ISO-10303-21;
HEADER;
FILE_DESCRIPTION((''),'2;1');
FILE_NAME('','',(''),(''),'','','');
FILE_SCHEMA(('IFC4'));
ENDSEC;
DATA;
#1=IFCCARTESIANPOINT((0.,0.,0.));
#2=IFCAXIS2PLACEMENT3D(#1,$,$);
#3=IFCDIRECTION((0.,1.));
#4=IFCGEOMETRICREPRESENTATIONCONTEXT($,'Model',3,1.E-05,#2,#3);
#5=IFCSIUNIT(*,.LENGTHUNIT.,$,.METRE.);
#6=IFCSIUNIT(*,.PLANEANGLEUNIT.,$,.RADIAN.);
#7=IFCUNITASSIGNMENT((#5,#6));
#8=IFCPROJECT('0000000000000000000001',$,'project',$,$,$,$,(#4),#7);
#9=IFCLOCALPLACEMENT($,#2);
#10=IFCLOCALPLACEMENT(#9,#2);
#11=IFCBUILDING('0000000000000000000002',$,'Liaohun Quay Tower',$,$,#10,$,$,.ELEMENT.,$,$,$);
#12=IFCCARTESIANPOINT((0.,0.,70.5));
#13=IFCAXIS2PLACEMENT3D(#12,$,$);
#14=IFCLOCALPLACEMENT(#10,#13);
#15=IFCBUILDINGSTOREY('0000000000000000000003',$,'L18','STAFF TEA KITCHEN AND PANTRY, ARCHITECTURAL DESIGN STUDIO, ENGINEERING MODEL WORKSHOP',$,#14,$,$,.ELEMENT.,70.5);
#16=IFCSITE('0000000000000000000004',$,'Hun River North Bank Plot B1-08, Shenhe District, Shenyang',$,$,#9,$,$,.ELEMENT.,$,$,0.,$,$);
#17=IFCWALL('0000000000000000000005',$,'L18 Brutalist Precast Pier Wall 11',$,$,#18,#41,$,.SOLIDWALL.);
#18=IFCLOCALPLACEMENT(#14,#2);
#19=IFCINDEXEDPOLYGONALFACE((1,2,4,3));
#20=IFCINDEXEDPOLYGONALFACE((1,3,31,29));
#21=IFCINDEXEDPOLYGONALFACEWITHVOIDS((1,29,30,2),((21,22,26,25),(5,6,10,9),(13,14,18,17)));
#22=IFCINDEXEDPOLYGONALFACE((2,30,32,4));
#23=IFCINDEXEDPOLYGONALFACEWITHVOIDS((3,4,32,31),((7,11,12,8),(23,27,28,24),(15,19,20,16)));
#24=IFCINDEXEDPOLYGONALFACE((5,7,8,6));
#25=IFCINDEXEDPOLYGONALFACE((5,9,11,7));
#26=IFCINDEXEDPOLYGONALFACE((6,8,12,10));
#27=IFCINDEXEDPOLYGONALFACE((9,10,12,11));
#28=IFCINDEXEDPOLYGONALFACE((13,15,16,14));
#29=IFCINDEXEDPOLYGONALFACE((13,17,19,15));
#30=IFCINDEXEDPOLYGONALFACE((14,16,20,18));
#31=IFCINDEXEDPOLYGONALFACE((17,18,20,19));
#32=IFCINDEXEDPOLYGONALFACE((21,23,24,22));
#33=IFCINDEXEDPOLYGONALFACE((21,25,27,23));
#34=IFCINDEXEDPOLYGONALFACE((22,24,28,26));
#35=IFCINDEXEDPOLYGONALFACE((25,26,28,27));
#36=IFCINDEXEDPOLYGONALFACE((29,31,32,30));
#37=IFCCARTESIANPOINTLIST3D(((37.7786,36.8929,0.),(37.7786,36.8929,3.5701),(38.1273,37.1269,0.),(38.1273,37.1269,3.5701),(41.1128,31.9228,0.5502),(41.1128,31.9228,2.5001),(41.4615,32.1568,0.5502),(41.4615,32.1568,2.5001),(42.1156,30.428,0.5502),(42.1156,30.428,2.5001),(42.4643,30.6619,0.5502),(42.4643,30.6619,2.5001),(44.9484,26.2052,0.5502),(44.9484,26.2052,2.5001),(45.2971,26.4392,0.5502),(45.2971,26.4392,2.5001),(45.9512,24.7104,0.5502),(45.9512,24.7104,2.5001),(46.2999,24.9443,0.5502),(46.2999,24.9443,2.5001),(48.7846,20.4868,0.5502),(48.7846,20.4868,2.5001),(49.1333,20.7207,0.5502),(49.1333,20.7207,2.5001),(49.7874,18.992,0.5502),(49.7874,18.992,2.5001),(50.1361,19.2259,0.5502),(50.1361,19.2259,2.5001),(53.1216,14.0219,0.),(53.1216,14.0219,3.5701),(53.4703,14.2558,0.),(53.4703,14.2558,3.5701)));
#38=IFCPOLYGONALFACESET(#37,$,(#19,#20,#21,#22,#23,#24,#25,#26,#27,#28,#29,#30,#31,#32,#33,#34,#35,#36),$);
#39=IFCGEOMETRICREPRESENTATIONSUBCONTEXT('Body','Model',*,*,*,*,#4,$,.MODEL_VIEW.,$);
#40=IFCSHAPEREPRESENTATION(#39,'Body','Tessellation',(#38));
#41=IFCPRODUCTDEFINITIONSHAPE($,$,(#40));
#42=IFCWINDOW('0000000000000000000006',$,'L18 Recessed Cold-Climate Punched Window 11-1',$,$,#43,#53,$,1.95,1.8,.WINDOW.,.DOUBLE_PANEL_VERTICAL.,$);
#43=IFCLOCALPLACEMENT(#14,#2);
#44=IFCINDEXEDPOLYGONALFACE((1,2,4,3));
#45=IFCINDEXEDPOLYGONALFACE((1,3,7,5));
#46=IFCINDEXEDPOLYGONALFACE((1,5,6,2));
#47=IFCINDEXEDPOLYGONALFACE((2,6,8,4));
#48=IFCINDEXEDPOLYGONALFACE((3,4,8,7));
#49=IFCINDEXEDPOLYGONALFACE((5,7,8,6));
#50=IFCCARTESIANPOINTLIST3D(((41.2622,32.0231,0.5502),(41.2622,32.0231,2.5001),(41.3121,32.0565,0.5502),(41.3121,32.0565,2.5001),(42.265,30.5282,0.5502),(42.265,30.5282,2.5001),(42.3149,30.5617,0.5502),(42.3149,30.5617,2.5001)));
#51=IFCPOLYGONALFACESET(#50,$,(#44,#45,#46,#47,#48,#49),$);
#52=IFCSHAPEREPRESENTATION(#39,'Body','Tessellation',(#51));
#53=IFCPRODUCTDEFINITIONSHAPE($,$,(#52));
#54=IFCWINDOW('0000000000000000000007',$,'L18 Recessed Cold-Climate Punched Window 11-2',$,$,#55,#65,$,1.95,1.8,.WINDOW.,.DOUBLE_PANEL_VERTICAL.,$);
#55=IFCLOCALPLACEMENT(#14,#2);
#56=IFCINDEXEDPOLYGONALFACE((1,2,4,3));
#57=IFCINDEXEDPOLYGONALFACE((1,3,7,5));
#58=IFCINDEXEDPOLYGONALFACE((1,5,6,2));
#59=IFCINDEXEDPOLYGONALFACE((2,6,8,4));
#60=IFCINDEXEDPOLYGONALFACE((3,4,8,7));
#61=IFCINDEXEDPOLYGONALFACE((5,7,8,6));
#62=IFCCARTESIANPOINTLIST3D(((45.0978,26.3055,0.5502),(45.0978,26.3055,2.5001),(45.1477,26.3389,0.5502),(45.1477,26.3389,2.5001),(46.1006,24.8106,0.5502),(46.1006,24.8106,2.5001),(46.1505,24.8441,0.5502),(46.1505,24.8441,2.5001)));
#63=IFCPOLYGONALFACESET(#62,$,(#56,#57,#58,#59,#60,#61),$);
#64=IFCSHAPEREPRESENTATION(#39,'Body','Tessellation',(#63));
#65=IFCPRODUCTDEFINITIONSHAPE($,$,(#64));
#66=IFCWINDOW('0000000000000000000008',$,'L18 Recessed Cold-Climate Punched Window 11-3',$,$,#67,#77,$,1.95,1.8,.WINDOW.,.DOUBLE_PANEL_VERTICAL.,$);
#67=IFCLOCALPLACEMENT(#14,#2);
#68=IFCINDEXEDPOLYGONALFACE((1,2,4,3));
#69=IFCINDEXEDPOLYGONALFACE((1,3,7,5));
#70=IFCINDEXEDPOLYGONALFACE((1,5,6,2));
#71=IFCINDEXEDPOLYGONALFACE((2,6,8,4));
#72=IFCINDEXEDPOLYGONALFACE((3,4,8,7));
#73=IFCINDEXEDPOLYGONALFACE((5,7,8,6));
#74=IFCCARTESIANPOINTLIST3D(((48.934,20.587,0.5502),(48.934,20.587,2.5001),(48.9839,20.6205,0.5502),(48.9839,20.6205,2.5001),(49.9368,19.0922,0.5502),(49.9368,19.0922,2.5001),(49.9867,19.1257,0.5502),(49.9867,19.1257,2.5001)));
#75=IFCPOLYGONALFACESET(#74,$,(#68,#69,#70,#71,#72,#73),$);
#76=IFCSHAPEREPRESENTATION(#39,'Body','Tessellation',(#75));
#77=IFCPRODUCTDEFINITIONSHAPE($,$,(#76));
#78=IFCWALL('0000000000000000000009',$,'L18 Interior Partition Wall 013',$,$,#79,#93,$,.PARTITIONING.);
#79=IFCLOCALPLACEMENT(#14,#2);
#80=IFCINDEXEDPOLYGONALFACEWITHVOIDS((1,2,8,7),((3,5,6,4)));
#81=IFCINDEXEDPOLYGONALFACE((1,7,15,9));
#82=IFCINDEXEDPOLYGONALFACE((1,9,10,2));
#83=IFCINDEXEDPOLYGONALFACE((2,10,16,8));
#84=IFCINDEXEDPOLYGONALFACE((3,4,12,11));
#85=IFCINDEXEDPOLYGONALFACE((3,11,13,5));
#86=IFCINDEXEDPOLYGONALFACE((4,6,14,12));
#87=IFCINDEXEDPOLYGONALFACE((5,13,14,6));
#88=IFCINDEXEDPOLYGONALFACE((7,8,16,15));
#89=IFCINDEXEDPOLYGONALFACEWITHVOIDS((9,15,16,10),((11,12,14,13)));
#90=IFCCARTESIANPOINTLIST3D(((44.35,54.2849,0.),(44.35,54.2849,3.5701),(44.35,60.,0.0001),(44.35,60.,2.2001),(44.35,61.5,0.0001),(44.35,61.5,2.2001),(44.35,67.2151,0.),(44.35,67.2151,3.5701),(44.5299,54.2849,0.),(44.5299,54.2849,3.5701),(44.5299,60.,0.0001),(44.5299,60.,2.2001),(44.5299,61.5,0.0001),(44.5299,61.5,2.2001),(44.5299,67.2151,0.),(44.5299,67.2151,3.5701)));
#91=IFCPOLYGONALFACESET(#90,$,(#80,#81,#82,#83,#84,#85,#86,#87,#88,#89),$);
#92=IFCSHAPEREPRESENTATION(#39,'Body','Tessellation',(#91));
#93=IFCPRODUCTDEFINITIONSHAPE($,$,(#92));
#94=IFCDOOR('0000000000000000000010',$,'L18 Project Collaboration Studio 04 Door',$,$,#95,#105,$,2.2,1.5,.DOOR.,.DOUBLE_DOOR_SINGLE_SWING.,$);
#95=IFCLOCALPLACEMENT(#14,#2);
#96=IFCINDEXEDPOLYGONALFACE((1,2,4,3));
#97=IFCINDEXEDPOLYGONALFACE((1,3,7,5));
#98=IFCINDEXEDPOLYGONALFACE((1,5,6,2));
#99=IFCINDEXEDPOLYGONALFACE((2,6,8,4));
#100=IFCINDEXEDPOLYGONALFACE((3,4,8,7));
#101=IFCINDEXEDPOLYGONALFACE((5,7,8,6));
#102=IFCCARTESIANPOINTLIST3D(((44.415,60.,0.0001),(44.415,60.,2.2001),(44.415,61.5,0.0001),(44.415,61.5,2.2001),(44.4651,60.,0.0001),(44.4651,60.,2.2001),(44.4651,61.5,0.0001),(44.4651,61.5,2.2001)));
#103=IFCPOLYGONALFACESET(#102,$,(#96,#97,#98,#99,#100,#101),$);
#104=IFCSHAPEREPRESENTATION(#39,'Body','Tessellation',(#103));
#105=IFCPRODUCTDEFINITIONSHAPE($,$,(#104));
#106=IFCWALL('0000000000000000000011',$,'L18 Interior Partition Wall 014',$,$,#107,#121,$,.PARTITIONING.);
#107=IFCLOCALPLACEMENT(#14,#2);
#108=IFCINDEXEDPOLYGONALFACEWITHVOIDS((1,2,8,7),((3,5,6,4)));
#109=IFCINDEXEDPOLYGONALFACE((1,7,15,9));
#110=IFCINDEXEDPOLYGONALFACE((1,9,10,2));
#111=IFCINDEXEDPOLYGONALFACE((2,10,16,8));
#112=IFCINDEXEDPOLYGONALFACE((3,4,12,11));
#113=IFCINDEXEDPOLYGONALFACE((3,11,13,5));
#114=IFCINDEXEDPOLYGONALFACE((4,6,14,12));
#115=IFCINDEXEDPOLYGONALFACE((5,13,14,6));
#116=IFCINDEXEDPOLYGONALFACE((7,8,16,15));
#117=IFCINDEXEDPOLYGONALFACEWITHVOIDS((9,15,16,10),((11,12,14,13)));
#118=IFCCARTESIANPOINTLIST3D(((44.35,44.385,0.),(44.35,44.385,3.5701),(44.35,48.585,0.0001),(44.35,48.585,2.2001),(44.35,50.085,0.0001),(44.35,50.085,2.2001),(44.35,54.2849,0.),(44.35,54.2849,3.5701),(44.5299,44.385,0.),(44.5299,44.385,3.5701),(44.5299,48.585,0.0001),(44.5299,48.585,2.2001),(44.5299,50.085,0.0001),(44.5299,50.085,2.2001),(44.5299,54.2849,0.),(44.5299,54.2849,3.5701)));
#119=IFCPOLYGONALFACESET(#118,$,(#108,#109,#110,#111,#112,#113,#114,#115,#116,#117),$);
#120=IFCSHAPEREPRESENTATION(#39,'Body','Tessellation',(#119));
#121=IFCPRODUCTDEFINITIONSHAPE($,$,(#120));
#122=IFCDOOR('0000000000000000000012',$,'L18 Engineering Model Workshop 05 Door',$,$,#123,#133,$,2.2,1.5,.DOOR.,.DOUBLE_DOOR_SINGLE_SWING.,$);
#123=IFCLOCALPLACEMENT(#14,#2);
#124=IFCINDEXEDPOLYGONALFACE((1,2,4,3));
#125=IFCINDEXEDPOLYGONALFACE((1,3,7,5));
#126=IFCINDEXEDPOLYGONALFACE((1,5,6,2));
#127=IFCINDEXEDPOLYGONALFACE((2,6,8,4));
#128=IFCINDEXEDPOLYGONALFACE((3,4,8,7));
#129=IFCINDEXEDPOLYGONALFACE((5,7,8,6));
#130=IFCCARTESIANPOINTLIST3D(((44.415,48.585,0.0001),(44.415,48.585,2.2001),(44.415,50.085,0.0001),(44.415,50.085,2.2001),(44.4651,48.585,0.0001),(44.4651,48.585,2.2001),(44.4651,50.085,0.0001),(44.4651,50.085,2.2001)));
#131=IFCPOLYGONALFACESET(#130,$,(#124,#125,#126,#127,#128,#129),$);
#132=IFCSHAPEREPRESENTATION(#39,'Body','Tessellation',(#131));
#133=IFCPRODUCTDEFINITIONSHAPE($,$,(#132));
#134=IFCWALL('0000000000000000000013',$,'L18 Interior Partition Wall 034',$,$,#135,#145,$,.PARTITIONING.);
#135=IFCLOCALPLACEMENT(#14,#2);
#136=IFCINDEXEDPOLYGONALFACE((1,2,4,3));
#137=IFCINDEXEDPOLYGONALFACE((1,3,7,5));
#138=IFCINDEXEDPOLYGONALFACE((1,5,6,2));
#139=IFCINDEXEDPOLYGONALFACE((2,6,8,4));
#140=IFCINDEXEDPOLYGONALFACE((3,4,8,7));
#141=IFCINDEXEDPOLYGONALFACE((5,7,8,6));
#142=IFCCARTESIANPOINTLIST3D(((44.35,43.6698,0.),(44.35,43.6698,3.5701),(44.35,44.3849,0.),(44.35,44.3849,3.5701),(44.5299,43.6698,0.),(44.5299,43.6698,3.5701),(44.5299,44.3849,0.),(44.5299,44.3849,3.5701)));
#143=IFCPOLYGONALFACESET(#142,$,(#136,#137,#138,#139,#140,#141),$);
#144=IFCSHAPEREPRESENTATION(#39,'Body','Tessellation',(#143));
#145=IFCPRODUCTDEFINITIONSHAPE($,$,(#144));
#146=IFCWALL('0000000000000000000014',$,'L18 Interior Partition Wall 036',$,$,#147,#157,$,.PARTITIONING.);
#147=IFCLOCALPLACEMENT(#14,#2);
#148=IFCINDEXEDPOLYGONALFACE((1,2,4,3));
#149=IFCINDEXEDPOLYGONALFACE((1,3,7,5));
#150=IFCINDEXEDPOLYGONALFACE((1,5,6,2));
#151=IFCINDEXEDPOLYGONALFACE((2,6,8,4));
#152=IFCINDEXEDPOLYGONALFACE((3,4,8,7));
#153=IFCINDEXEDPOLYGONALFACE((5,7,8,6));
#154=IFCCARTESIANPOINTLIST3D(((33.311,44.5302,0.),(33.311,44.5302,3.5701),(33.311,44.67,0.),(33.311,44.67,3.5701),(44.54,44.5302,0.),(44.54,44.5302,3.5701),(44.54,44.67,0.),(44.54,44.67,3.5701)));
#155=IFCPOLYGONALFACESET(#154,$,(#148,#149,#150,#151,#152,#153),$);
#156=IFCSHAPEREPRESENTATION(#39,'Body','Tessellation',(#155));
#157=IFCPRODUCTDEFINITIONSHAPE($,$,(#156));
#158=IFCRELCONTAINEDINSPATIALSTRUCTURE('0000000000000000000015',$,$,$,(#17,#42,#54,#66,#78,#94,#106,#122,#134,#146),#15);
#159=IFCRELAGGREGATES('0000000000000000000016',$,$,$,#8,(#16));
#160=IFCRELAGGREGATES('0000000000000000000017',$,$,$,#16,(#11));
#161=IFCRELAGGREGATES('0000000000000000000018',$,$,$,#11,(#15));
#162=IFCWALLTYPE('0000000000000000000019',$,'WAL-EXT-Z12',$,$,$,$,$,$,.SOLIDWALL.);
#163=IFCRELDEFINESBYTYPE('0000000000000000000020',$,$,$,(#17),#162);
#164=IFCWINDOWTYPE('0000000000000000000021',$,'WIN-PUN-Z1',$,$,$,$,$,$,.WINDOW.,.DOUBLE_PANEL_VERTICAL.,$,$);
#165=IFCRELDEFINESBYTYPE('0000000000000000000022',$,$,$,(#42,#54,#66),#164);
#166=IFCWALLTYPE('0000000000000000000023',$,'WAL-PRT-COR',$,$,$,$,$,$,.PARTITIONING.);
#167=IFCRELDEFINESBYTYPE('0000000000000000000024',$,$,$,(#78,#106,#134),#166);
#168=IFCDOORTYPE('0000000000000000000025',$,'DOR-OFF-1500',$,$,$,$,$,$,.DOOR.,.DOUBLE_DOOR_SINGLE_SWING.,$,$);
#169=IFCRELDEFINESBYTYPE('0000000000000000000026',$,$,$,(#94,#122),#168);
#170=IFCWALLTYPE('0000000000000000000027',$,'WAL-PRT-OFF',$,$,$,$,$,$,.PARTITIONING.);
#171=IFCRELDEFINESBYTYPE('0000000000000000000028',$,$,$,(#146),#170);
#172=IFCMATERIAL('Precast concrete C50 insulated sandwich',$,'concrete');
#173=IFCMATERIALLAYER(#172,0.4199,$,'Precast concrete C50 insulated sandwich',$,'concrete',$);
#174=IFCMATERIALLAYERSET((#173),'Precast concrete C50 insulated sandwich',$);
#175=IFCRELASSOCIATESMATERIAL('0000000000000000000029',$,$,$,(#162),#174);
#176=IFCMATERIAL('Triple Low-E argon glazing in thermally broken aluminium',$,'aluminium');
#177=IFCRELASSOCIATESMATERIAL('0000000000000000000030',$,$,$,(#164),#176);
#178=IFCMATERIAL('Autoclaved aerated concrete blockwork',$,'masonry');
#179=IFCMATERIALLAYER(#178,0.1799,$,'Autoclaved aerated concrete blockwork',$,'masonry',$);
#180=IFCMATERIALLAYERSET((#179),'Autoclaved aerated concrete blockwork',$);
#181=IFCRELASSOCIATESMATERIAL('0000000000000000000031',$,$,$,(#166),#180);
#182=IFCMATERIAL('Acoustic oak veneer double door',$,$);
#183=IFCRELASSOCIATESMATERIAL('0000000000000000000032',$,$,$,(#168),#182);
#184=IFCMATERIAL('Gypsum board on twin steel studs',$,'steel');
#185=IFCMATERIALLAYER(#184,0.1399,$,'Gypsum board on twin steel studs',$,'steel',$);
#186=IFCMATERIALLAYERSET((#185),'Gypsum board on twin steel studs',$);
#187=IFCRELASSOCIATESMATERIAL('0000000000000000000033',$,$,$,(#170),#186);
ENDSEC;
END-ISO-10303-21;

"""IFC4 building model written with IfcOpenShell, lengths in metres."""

from ifc_helpers import new_model, si_unit, direction, frame, frame_2d, origin, place, context, subcontext, project, spatial, rectangle, extrude, source, transform, mapped, material, layer, layer_set, type_object, element, fill, save


model = new_model("IFC4")

# Units and contexts
model_context = context("Model", 3, precision=1e-05, world=origin(), true_north=direction((0.0, 1.0)))
body_context = subcontext(model_context, "Body", "Model", "MODEL_VIEW")
ifc_project = project(units=[si_unit("LENGTHUNIT", "METRE"), si_unit("PLANEANGLEUNIT", "RADIAN")], contexts=[model_context])

# Site, building, storey
site_placement = place(None, origin())
site = spatial("IfcSite", under=ifc_project, at=site_placement, Name="Hun River North Bank Plot B1-08, Shenhe District, Shenyang", CompositionType="ELEMENT", RefElevation=0.0)
building_placement = place(site_placement, origin())
building = spatial("IfcBuilding", under=site, at=building_placement, Name="Liaohun Quay Tower", CompositionType="ELEMENT")
storey_placement = place(building_placement, frame((0.0, 0.0, 70.5)))
storey = spatial("IfcBuildingStorey", under=building, at=storey_placement, Name="L18", Description="STAFF TEA KITCHEN AND PANTRY, ARCHITECTURAL DESIGN STUDIO, ENGINEERING MODEL WORKSHOP", CompositionType="ELEMENT", Elevation=70.5)

# Wall, openings, windows
ifc_material_1 = material(Name="Precast concrete C50 insulated sandwich", Category="concrete")
ifc_layer_1 = layer(ifc_material_1, 0.4199, Name="Precast concrete C50 insulated sandwich", Category="concrete")
ifc_layer_set_1 = layer_set([ifc_layer_1], Name="Precast concrete C50 insulated sandwich")
wall_type_1 = type_object("IfcWallType", Name="WAL-EXT-Z12", PredefinedType="SOLIDWALL", material=ifc_layer_set_1)
wall_1_placement = place(storey_placement, frame((37.9529, 37.01, 0.0), z_axis=(0.0, 0.0, 1.0), x_axis=(0.557102, -0.830444, 0.0)))
wall_1 = element("IfcWall", 1, at=wall_1_placement, inside=storey, type_object=wall_type_1, Name="L18 Brutalist Precast Pier Wall 11", PredefinedType="SOLIDWALL", context=body_context, shape_type="SweptSolid", body=[
    extrude(rectangle(XDim=27.5408, YDim=0.4199, at=frame_2d((13.7705, 0.0))), origin(), (0.0, 0.0, 1.0), 3.5701),
])
shared_shape_1 = source(origin(), body_context, "Body", "SweptSolid", [
    extrude(rectangle(XDim=1.8, YDim=1.95, at=frame_2d((0.8999, 0.9751))), frame((0.0, 0.22, 0.0), z_axis=(0.0, -1.0, 0.0), x_axis=(1.0, 0.0, 0.0)), (0.0, 0.0, 1.0), 0.4399),
])
opening_1_placement = place(wall_1_placement, frame((5.9851, 0.0, 0.55)))
opening_1 = element("IfcOpeningElement", 2, at=opening_1_placement, cuts=wall_1, PredefinedType="OPENING", context=body_context, shape_type="MappedRepresentation", body=[
    mapped(shared_shape_1, transform((0.0, 0.0, 0.0), x_axis=(1.0, 0.0, 0.0), y_axis=(0.0, 1.0, 0.0), z_axis=(0.0, 0.0, 1.0), scale=1.0)),
])
opening_2_placement = place(wall_1_placement, frame((12.8701, 0.0, 0.55)))
opening_2 = element("IfcOpeningElement", 3, at=opening_2_placement, cuts=wall_1, PredefinedType="OPENING", context=body_context, shape_type="MappedRepresentation", body=[
    mapped(shared_shape_1, transform((0.0, 0.0, 0.0), x_axis=(1.0, 0.0, 0.0), y_axis=(0.0, 1.0, 0.0), z_axis=(0.0, 0.0, 1.0), scale=1.0)),
])
opening_3_placement = place(wall_1_placement, frame((19.7561, 0.0, 0.55)))
opening_3 = element("IfcOpeningElement", 4, at=opening_3_placement, cuts=wall_1, PredefinedType="OPENING", context=body_context, shape_type="MappedRepresentation", body=[
    mapped(shared_shape_1, transform((0.0, 0.0, 0.0), x_axis=(1.0, 0.0, 0.0), y_axis=(0.0, 1.0, 0.0), z_axis=(0.0, 0.0, 1.0), scale=1.0)),
])
ifc_material_2 = material(Name="Triple Low-E argon glazing in thermally broken aluminium", Category="aluminium")
window_type = type_object("IfcWindowType", Name="WIN-PUN-Z1", PartitioningType="DOUBLE_PANEL_VERTICAL", PredefinedType="WINDOW", material=ifc_material_2)
shared_shape_2 = source(origin(), body_context, "Body", "SweptSolid", [
    extrude(rectangle(XDim=1.8, YDim=1.95, at=frame_2d((0.8999, 0.9751))), frame((0.0, 0.03, 0.0), z_axis=(0.0, -1.0, 0.0), x_axis=(1.0, 0.0, 0.0)), (0.0, 0.0, 1.0), 0.0601),
])
window_1_placement = place(opening_1_placement, origin())
window_1 = element("IfcWindow", 5, at=window_1_placement, inside=storey, type_object=window_type, Name="L18 Recessed Cold-Climate Punched Window 11-1", OverallHeight=1.95, OverallWidth=1.8, PartitioningType="DOUBLE_PANEL_VERTICAL", PredefinedType="WINDOW", context=body_context, shape_type="MappedRepresentation", body=[
    mapped(shared_shape_2, transform((0.0, 0.0, 0.0), x_axis=(1.0, 0.0, 0.0), y_axis=(0.0, 1.0, 0.0), z_axis=(0.0, 0.0, 1.0), scale=1.0)),
])
fill(opening_1, window_1)
window_2_placement = place(opening_2_placement, origin())
window_2 = element("IfcWindow", 6, at=window_2_placement, inside=storey, type_object=window_type, Name="L18 Recessed Cold-Climate Punched Window 11-2", OverallHeight=1.95, OverallWidth=1.8, PartitioningType="DOUBLE_PANEL_VERTICAL", PredefinedType="WINDOW", context=body_context, shape_type="MappedRepresentation", body=[
    mapped(shared_shape_2, transform((0.0, 0.0, 0.0), x_axis=(1.0, 0.0, 0.0), y_axis=(0.0, 1.0, 0.0), z_axis=(0.0, 0.0, 1.0), scale=1.0)),
])
fill(opening_2, window_2)
window_3_placement = place(opening_3_placement, origin())
window_3 = element("IfcWindow", 7, at=window_3_placement, inside=storey, type_object=window_type, Name="L18 Recessed Cold-Climate Punched Window 11-3", OverallHeight=1.95, OverallWidth=1.8, PartitioningType="DOUBLE_PANEL_VERTICAL", PredefinedType="WINDOW", context=body_context, shape_type="MappedRepresentation", body=[
    mapped(shared_shape_2, transform((0.0, 0.0, 0.0), x_axis=(1.0, 0.0, 0.0), y_axis=(0.0, 1.0, 0.0), z_axis=(0.0, 0.0, 1.0), scale=1.0)),
])
fill(opening_3, window_3)

# Walls, openings, doors
ifc_material_3 = material(Name="Autoclaved aerated concrete blockwork", Category="masonry")
ifc_layer_2 = layer(ifc_material_3, 0.1799, Name="Autoclaved aerated concrete blockwork", Category="masonry")
ifc_layer_set_2 = layer_set([ifc_layer_2], Name="Autoclaved aerated concrete blockwork")
wall_type_2 = type_object("IfcWallType", Name="WAL-PRT-COR", PredefinedType="PARTITIONING", material=ifc_layer_set_2)
wall_2_placement = place(storey_placement, frame((44.4399, 54.2849, 0.0), z_axis=(0.0, 0.0, 1.0), x_axis=(0.0, 1.0, 0.0)))
wall_2 = element("IfcWall", 8, at=wall_2_placement, inside=storey, type_object=wall_type_2, Name="L18 Interior Partition Wall 013", PredefinedType="PARTITIONING", context=body_context, shape_type="SweptSolid", body=[
    extrude(rectangle(XDim=12.9302, YDim=0.1799, at=frame_2d((6.4651, 0.0))), origin(), (0.0, 0.0, 1.0), 3.5701),
])
shared_shape_3 = source(origin(), body_context, "Body", "SweptSolid", [
    extrude(rectangle(XDim=1.5, YDim=2.2, at=frame_2d((0.75, 1.1001))), frame((0.0, 0.0999, 0.0), z_axis=(0.0, -1.0, 0.0), x_axis=(1.0, 0.0, 0.0)), (0.0, 0.0, 1.0), 0.2),
])
opening_4_placement = place(wall_2_placement, frame((5.7151, 0.0, 0.0)))
opening_4 = element("IfcOpeningElement", 9, at=opening_4_placement, cuts=wall_2, PredefinedType="OPENING", context=body_context, shape_type="MappedRepresentation", body=[
    mapped(shared_shape_3, transform((0.0, 0.0, 0.0), x_axis=(1.0, 0.0, 0.0), y_axis=(0.0, 1.0, 0.0), z_axis=(0.0, 0.0, 1.0), scale=1.0)),
])
ifc_material_4 = material(Name="Acoustic oak veneer double door")
door_type_1 = type_object("IfcDoorType", Name="DOR-OFF-1500", OperationType="DOUBLE_DOOR_SINGLE_SWING", PredefinedType="DOOR", material=ifc_material_4)
shared_shape_4 = source(origin(), body_context, "Body", "SweptSolid", [
    extrude(rectangle(XDim=1.5, YDim=2.2, at=frame_2d((0.75, 1.1001))), frame((0.0, 0.0249, 0.0), z_axis=(0.0, -1.0, 0.0), x_axis=(1.0, 0.0, 0.0)), (0.0, 0.0, 1.0), 0.05),
])
door_1_placement = place(opening_4_placement, origin())
door_1 = element("IfcDoor", 10, at=door_1_placement, inside=storey, type_object=door_type_1, Name="L18 Project Collaboration Studio 04 Door", OperationType="DOUBLE_DOOR_SINGLE_SWING", OverallHeight=2.2, OverallWidth=1.5, PredefinedType="DOOR", context=body_context, shape_type="MappedRepresentation", body=[
    mapped(shared_shape_4, transform((0.0, 0.0, 0.0), x_axis=(1.0, 0.0, 0.0), y_axis=(0.0, 1.0, 0.0), z_axis=(0.0, 0.0, 1.0), scale=1.0)),
])
fill(opening_4, door_1)
wall_3_placement = place(storey_placement, frame((44.4399, 44.385, 0.0), z_axis=(0.0, 0.0, 1.0), x_axis=(0.0, 1.0, 0.0)))
wall_3 = element("IfcWall", 11, at=wall_3_placement, inside=storey, type_object=wall_type_2, Name="L18 Interior Partition Wall 014", PredefinedType="PARTITIONING", context=body_context, shape_type="SweptSolid", body=[
    extrude(rectangle(XDim=9.8999, YDim=0.1799, at=frame_2d((4.95, 0.0))), origin(), (0.0, 0.0, 1.0), 3.5701),
])
opening_5_placement = place(wall_3_placement, frame((4.2, 0.0, 0.0)))
opening_5 = element("IfcOpeningElement", 12, at=opening_5_placement, cuts=wall_3, PredefinedType="OPENING", context=body_context, shape_type="MappedRepresentation", body=[
    mapped(shared_shape_3, transform((0.0, 0.0, 0.0), x_axis=(1.0, 0.0, 0.0), y_axis=(0.0, 1.0, 0.0), z_axis=(0.0, 0.0, 1.0), scale=1.0)),
])
door_2_placement = place(opening_5_placement, origin())
door_2 = element("IfcDoor", 13, at=door_2_placement, inside=storey, type_object=door_type_1, Name="L18 Engineering Model Workshop 05 Door", OperationType="DOUBLE_DOOR_SINGLE_SWING", OverallHeight=2.2, OverallWidth=1.5, PredefinedType="DOOR", context=body_context, shape_type="MappedRepresentation", body=[
    mapped(shared_shape_4, transform((0.0, 0.0, 0.0), x_axis=(1.0, 0.0, 0.0), y_axis=(0.0, 1.0, 0.0), z_axis=(0.0, 0.0, 1.0), scale=1.0)),
])
fill(opening_5, door_2)

# Walls
wall_4_placement = place(storey_placement, frame((44.4399, 43.6699, 0.0), z_axis=(0.0, 0.0, 1.0), x_axis=(0.0, 1.0, 0.0)))
element("IfcWall", 14, at=wall_4_placement, inside=storey, type_object=wall_type_2, Name="L18 Interior Partition Wall 034", PredefinedType="PARTITIONING", context=body_context, shape_type="SweptSolid", body=[
    extrude(rectangle(XDim=0.7151, YDim=0.1799, at=frame_2d((0.3574, 0.0))), origin(), (0.0, 0.0, 1.0), 3.5701),
])
ifc_material_5 = material(Name="Gypsum board on twin steel studs", Category="steel")
ifc_layer_3 = layer(ifc_material_5, 0.1399, Name="Gypsum board on twin steel studs", Category="steel")
ifc_layer_set_3 = layer_set([ifc_layer_3], Name="Gypsum board on twin steel studs")
wall_type_3 = type_object("IfcWallType", Name="WAL-PRT-OFF", PredefinedType="PARTITIONING", material=ifc_layer_set_3)
wall_5_placement = place(storey_placement, frame((44.54, 44.6001, 0.0), z_axis=(0.0, 0.0, 1.0), x_axis=(-1.0, 0.0, 0.0)))
element("IfcWall", 15, at=wall_5_placement, inside=storey, type_object=wall_type_3, Name="L18 Interior Partition Wall 036", PredefinedType="PARTITIONING", context=body_context, shape_type="SweptSolid", body=[
    extrude(rectangle(XDim=11.229, YDim=0.1399, at=frame_2d((5.6145, 0.0))), origin(), (0.0, 0.0, 1.0), 3.5701),
])

save(model, "model.ifc")
